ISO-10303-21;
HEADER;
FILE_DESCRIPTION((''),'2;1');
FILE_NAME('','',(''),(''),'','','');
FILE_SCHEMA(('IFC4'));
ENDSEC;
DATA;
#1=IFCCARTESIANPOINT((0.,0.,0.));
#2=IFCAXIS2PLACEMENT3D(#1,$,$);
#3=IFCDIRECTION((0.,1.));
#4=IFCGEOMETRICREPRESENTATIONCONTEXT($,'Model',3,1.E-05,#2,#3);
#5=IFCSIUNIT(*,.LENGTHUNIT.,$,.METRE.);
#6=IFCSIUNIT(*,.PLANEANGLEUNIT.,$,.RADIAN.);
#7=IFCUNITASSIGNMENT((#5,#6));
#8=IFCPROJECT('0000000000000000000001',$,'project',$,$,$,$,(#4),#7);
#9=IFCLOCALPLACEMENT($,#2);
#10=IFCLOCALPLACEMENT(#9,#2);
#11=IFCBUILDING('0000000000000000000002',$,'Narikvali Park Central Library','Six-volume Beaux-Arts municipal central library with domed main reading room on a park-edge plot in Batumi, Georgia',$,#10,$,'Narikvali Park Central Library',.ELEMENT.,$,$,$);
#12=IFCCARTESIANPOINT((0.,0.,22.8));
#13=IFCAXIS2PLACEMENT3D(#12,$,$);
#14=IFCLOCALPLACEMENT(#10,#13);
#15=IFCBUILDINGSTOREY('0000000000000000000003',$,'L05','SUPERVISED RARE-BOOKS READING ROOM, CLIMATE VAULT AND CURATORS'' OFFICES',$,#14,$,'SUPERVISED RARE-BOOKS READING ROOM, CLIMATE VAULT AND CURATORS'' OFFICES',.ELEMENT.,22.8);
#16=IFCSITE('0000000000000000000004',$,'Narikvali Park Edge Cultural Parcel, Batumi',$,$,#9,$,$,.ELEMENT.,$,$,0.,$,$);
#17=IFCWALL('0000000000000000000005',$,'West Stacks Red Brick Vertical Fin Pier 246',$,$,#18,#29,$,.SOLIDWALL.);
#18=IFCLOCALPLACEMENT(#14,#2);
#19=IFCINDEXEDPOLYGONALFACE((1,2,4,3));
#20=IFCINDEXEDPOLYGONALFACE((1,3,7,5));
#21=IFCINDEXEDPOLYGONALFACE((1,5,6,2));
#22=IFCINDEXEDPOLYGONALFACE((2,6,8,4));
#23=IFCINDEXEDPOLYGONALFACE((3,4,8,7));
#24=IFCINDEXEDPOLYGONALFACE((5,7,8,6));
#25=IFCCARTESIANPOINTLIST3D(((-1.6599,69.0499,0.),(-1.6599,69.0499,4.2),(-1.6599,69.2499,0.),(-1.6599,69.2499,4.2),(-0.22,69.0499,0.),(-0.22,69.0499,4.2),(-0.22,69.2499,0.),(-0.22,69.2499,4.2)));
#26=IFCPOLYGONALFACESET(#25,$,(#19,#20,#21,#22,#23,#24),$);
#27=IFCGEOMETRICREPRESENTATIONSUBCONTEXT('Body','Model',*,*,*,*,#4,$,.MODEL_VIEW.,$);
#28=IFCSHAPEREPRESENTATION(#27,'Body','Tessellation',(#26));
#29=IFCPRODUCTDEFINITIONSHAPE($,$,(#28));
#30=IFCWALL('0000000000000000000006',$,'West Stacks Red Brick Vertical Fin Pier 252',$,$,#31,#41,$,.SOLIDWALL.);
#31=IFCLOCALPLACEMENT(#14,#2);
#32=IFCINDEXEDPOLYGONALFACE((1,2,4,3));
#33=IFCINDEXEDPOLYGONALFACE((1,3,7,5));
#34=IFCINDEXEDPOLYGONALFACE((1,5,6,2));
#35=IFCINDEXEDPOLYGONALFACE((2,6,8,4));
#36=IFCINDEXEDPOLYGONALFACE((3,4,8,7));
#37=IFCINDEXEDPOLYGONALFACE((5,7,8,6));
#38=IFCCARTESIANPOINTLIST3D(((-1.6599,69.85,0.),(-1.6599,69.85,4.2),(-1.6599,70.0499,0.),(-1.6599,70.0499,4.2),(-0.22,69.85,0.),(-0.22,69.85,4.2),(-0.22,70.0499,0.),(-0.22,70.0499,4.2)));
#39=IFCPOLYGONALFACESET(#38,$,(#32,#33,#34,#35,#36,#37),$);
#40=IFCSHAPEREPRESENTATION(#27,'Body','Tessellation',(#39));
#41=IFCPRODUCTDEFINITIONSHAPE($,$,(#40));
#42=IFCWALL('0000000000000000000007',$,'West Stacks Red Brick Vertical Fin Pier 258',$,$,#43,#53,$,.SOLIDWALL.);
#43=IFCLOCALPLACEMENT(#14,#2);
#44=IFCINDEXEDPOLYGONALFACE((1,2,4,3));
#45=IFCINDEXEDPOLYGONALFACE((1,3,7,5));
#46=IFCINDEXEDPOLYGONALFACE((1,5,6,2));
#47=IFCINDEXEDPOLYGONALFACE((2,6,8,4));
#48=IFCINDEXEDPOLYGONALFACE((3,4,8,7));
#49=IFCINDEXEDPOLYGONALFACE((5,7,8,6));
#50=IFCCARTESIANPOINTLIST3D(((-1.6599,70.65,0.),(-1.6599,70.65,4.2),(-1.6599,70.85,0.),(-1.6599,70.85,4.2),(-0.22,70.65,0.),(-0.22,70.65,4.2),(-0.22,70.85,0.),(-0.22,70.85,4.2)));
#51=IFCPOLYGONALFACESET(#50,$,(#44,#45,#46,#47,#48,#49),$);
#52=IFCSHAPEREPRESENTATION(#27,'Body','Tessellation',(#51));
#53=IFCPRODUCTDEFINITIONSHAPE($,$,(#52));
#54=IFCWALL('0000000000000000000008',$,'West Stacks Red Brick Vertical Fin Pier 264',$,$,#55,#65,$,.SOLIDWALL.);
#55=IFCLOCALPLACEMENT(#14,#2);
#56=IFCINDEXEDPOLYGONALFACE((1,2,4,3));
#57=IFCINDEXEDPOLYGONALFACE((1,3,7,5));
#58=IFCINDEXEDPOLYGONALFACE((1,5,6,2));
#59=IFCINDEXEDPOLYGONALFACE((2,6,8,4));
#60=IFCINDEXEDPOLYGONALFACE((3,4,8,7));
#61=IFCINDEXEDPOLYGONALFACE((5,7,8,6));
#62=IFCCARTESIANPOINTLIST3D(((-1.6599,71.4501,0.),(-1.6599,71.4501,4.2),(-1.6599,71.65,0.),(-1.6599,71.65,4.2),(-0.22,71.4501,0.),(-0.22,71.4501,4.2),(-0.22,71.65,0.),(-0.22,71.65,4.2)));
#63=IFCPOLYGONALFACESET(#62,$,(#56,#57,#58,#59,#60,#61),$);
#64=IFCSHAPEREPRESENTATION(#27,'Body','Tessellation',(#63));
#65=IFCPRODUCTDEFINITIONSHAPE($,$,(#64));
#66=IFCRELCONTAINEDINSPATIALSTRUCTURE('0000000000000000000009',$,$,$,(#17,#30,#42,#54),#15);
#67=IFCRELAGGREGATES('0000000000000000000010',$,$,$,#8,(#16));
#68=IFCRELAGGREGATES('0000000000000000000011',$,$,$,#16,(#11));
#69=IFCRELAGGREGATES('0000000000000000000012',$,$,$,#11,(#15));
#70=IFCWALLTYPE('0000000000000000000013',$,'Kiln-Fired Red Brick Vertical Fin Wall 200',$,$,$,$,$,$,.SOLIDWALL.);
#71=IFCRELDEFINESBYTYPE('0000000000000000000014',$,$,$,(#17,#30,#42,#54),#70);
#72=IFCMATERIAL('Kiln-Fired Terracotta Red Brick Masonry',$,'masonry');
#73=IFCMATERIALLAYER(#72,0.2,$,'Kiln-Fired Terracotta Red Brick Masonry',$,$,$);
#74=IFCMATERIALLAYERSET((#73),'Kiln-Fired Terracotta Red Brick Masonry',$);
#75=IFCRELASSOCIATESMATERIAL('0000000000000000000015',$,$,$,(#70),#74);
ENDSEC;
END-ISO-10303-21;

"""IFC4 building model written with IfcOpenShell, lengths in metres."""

from ifc_helpers import new_model, si_unit, direction, frame, frame_2d, origin, place, context, subcontext, project, spatial, rectangle, extrude, material, layer, layer_set, type_object, element, save


model = new_model("IFC4")

# Units and contexts
model_context = context("Model", 3, precision=1e-05, world=origin(), true_north=direction((0.0, 1.0)))
body_context = subcontext(model_context, "Body", "Model", "MODEL_VIEW")
ifc_project = project(units=[si_unit("LENGTHUNIT", "METRE"), si_unit("PLANEANGLEUNIT", "RADIAN")], contexts=[model_context])

# Site, building, storey
site_placement = place(None, origin())
site = spatial("IfcSite", under=ifc_project, at=site_placement, Name="Narikvali Park Edge Cultural Parcel, Batumi", CompositionType="ELEMENT", RefElevation=0.0)
building_placement = place(site_placement, origin())
building = spatial("IfcBuilding", under=site, at=building_placement, Name="Narikvali Park Central Library", Description="Six-volume Beaux-Arts municipal central library with domed main reading room on a park-edge plot in Batumi, Georgia", LongName="Narikvali Park Central Library", CompositionType="ELEMENT")
storey_placement = place(building_placement, frame((0.0, 0.0, 22.8)))
storey = spatial("IfcBuildingStorey", under=building, at=storey_placement, Name="L05", Description="SUPERVISED RARE-BOOKS READING ROOM, CLIMATE VAULT AND CURATORS' OFFICES", LongName="SUPERVISED RARE-BOOKS READING ROOM, CLIMATE VAULT AND CURATORS' OFFICES", CompositionType="ELEMENT", Elevation=22.8)

# Walls
ifc_material_1 = material(Name="Kiln-Fired Terracotta Red Brick Masonry", Category="masonry")
ifc_layer_1 = layer(ifc_material_1, 0.2, Name="Kiln-Fired Terracotta Red Brick Masonry")
ifc_layer_set_1 = layer_set([ifc_layer_1], Name="Kiln-Fired Terracotta Red Brick Masonry")
wall_type = type_object("IfcWallType", Name="Kiln-Fired Red Brick Vertical Fin Wall 200", PredefinedType="SOLIDWALL", material=ifc_layer_set_1)
for number, where, z_axis, x_axis, name in (
    (1, (-1.6599, 69.1499, 0.0), (0.0, 0.0, 1.0), (1.0, 0.0, 0.0), "West Stacks Red Brick Vertical Fin Pier 246"),
    (2, (-1.6599, 69.95, 0.0), (0.0, 0.0, 1.0), (1.0, 0.0, 0.0), "West Stacks Red Brick Vertical Fin Pier 252"),
    (3, (-1.6599, 70.75, 0.0), (0.0, 0.0, 1.0), (1.0, 0.0, 0.0), "West Stacks Red Brick Vertical Fin Pier 258"),
    (4, (-1.6599, 71.55, 0.0), (0.0, 0.0, 1.0), (1.0, 0.0, 0.0), "West Stacks Red Brick Vertical Fin Pier 264"),
):
    element("IfcWall", number, at=place(storey_placement, frame(where, z_axis=z_axis, x_axis=x_axis)), inside=storey, type_object=wall_type, Name=name, PredefinedType="SOLIDWALL", context=body_context, shape_type="SweptSolid", body=[
        extrude(rectangle(XDim=1.4399, YDim=0.2, at=frame_2d((0.72, 0.0))), origin(), (0.0, 0.0, 1.0), 4.2),
    ])

save(model, "model.ifc")
